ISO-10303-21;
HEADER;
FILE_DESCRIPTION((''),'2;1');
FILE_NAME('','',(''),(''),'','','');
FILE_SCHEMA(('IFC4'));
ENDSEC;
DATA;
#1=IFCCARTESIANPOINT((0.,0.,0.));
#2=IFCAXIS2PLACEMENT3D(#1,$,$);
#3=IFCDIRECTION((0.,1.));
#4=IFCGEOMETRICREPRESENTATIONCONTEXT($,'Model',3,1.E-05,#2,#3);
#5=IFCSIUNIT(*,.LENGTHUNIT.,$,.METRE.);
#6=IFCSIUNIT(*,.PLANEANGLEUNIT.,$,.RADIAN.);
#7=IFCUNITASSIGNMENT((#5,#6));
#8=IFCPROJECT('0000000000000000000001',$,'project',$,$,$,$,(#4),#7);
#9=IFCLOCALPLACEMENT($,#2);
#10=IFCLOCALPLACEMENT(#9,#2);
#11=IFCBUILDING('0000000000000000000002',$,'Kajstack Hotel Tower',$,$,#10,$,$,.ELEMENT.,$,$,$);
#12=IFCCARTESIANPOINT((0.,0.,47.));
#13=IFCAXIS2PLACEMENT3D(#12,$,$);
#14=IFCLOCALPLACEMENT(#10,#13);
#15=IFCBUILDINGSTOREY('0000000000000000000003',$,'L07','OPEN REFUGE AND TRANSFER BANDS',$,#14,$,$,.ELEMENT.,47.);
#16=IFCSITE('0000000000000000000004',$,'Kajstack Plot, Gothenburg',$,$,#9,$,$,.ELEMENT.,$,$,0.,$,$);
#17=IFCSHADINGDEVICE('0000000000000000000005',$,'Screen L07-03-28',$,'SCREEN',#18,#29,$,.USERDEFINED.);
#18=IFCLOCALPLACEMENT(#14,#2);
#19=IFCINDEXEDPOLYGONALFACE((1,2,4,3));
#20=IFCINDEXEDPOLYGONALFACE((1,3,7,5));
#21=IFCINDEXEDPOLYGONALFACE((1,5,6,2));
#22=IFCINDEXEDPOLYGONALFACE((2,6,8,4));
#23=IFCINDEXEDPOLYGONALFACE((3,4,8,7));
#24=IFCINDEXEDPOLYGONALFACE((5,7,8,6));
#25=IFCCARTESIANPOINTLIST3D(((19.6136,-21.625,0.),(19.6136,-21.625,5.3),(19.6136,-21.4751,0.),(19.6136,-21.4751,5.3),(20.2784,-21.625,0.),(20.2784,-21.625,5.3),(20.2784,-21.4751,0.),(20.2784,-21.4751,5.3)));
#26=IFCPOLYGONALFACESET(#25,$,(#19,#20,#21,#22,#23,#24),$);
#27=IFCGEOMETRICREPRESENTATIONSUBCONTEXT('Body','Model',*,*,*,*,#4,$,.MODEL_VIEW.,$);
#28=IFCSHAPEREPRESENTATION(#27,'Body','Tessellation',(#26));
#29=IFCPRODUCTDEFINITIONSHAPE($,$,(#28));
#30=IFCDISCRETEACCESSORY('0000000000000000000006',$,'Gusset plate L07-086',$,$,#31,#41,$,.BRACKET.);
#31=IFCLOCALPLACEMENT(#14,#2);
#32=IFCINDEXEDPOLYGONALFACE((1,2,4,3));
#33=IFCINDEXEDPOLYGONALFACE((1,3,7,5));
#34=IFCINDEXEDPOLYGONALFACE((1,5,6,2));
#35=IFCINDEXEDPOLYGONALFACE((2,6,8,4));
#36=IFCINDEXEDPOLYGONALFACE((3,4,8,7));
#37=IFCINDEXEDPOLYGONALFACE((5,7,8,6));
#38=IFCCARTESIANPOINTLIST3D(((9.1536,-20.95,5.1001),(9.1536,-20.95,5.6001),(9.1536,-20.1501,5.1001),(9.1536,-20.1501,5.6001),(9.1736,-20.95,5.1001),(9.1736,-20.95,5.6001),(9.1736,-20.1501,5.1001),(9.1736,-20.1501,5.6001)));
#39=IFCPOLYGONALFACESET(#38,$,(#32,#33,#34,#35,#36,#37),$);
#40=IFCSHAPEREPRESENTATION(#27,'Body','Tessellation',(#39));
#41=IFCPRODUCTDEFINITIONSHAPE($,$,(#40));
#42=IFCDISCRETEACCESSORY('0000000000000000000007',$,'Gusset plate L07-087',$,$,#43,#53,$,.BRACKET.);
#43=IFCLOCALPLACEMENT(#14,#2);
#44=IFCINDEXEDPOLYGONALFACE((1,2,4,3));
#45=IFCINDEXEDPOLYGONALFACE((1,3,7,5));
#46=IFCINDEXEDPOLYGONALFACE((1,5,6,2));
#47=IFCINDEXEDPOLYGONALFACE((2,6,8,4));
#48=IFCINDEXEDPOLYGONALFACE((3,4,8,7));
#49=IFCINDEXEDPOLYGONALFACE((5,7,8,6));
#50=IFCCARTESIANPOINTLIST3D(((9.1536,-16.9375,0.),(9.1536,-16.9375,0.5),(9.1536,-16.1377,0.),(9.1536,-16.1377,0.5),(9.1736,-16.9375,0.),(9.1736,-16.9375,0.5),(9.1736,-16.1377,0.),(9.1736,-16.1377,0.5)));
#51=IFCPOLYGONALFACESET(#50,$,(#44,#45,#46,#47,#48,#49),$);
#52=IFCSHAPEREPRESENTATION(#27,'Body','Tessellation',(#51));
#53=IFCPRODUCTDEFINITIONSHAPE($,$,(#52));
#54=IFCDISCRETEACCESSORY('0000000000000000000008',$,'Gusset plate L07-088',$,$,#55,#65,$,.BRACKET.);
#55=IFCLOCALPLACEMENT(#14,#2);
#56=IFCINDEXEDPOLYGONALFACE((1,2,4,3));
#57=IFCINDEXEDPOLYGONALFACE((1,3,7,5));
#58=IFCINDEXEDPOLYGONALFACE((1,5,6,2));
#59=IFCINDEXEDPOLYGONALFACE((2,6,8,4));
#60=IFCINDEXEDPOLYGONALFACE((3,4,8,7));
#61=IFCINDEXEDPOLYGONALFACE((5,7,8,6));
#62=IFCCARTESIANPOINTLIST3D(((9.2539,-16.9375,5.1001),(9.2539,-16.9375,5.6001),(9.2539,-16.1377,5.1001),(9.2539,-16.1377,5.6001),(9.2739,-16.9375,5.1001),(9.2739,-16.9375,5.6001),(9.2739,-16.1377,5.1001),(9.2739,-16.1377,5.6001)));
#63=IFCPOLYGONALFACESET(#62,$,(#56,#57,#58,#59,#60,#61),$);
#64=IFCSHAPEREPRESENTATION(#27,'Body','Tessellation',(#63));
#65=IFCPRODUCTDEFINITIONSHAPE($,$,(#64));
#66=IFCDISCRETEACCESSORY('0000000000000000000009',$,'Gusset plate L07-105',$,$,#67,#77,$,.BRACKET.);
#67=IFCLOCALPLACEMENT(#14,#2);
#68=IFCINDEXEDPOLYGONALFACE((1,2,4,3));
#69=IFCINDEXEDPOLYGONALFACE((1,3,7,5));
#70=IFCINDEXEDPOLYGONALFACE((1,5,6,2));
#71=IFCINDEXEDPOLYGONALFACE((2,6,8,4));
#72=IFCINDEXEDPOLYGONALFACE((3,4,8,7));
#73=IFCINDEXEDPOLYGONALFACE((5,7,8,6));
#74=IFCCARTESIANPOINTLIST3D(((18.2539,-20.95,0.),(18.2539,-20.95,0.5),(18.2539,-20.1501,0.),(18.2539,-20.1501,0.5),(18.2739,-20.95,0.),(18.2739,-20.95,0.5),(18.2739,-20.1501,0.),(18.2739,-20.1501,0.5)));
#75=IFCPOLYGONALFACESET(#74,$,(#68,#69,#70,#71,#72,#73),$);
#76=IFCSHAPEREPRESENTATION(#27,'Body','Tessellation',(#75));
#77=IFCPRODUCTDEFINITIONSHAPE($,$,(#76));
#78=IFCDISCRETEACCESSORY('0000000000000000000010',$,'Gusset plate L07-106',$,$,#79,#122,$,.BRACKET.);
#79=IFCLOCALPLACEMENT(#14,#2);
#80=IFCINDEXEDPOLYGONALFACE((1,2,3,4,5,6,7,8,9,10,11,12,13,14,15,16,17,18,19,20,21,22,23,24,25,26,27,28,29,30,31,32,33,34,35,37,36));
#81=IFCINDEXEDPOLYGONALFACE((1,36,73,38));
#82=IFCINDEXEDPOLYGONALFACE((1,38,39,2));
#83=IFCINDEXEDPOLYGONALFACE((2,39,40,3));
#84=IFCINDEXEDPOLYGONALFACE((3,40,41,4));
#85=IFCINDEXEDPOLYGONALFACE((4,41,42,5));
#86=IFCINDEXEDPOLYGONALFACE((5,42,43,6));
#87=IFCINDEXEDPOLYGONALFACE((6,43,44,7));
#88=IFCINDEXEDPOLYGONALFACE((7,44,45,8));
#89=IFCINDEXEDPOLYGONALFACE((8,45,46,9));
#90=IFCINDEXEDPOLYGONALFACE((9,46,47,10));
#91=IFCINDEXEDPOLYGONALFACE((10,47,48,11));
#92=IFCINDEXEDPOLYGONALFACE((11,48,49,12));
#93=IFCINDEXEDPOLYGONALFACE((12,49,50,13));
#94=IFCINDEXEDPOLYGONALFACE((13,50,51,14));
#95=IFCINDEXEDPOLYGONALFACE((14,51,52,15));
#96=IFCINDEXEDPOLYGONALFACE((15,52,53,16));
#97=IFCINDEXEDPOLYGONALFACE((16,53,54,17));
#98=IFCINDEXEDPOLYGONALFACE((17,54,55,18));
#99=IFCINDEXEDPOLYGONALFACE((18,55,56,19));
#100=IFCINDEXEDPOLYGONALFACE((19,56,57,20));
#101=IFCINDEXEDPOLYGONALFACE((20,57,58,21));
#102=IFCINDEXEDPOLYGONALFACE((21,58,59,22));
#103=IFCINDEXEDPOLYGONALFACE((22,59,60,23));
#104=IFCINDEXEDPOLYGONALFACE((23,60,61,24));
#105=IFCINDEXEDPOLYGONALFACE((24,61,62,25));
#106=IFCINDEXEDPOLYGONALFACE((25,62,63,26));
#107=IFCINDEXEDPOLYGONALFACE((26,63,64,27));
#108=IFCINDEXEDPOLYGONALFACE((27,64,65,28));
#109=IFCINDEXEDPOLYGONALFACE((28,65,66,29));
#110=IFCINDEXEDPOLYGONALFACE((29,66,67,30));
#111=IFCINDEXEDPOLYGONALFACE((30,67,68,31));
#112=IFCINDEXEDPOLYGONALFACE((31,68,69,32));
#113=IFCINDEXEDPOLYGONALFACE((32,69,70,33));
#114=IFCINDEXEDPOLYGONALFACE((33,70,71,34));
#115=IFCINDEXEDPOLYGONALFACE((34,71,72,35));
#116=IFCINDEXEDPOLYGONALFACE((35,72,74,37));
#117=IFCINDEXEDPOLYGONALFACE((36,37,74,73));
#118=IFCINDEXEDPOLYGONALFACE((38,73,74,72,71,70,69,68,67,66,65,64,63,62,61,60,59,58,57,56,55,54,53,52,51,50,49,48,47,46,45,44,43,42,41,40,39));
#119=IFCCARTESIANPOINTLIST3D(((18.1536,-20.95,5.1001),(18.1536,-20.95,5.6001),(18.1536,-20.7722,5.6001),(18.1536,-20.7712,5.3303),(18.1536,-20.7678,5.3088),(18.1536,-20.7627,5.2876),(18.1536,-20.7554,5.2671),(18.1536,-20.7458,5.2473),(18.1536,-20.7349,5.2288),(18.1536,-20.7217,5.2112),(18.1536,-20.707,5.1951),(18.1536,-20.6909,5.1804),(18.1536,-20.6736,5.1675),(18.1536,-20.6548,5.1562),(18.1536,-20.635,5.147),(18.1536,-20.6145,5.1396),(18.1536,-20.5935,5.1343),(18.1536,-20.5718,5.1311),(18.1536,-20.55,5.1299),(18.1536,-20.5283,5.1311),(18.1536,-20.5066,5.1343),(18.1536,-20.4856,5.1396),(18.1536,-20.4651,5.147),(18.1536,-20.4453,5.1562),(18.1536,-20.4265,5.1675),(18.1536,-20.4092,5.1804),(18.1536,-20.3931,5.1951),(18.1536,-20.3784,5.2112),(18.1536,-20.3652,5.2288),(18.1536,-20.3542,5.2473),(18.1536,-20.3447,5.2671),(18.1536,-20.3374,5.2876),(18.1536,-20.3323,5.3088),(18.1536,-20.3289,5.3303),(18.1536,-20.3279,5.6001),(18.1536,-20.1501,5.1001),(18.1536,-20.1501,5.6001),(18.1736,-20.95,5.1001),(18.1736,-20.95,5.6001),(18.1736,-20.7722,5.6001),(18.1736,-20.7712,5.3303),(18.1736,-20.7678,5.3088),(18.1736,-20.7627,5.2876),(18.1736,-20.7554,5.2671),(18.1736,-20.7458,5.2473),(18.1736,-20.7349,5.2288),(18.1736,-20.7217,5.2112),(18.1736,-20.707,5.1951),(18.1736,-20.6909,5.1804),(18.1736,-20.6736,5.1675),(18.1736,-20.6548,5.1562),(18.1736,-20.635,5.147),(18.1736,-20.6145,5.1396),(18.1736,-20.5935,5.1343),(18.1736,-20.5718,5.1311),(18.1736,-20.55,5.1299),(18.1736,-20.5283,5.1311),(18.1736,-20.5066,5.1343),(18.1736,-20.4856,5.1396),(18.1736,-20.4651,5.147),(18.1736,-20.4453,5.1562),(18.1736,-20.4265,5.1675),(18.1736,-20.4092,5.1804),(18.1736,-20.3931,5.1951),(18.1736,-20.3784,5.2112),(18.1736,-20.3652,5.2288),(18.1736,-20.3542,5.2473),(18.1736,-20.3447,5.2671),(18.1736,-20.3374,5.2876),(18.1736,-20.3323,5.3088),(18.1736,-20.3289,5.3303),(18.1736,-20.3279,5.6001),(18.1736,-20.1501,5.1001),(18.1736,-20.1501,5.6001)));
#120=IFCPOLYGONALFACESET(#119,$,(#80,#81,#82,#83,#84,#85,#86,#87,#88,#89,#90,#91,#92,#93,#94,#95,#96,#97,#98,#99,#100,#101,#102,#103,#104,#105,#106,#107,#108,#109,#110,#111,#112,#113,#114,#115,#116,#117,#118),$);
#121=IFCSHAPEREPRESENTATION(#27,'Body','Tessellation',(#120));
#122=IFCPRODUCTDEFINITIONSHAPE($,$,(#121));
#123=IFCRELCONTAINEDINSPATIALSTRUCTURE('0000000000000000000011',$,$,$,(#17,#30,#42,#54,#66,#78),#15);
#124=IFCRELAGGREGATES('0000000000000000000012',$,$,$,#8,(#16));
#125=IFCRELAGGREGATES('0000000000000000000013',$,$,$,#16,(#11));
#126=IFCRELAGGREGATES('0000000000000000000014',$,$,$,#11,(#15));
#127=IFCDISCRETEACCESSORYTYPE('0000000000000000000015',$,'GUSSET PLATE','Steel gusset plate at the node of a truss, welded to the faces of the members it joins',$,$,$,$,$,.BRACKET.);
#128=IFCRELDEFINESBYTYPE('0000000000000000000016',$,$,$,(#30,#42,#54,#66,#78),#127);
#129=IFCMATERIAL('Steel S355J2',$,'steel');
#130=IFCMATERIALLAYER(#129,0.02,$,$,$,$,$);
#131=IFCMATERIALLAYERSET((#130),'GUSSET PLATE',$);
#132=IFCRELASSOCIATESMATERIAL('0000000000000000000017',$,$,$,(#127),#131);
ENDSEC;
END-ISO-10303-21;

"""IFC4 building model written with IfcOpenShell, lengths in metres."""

from ifc_helpers import new_model, si_unit, direction, frame, origin, origin_2d, place, context, subcontext, project, spatial, polyline, rectangle, outline, extrude, material, layer, layer_set, type_object, element, save


model = new_model("IFC4")

# Units and contexts
model_context = context("Model", 3, precision=1e-05, world=origin(), true_north=direction((0.0, 1.0)))
body_context = subcontext(model_context, "Body", "Model", "MODEL_VIEW")
ifc_project = project(units=[si_unit("LENGTHUNIT", "METRE"), si_unit("PLANEANGLEUNIT", "RADIAN")], contexts=[model_context])

# Site, building, storey
site_placement = place(None, origin())
site = spatial("IfcSite", under=ifc_project, at=site_placement, Name="Kajstack Plot, Gothenburg", CompositionType="ELEMENT", RefElevation=0.0)
building_placement = place(site_placement, origin())
building = spatial("IfcBuilding", under=site, at=building_placement, Name="Kajstack Hotel Tower", CompositionType="ELEMENT")
storey_placement = place(building_placement, frame((0.0, 0.0, 47.0)))
storey = spatial("IfcBuildingStorey", under=building, at=storey_placement, Name="L07", Description="OPEN REFUGE AND TRANSFER BANDS", CompositionType="ELEMENT", Elevation=47.0)

# Shared definitions
ifc_material_1 = material(Name="Steel S355J2", Category="steel")

# Shading device
for number, where, z_axis, x_axis, name in (
    (1, (19.946, -21.55, 0.0), (0.0, 0.0, 1.0), (1.0, 0.0, 0.0), "Screen L07-03-28"),
):
    element("IfcShadingDevice", number, at=place(storey_placement, frame(where, z_axis=z_axis, x_axis=x_axis)), inside=storey, Name=name, ObjectType="SCREEN", PredefinedType="USERDEFINED", context=body_context, shape_type="SweptSolid", body=[
        extrude(rectangle(XDim=0.6648, YDim=0.1499, at=origin_2d()), origin(), (0.0, 0.0, 1.0), 5.3),
    ])

# Discrete accessories
ifc_layer_1 = layer(ifc_material_1, 0.02)
ifc_layer_set_1 = layer_set([ifc_layer_1], Name="GUSSET PLATE")
discrete_accessory_type = type_object("IfcDiscreteAccessoryType", Name="GUSSET PLATE", Description="Steel gusset plate at the node of a truss, welded to the faces of the members it joins", PredefinedType="BRACKET", material=ifc_layer_set_1)
for number, where, z_axis, x_axis, name in (
    (2, (9.1536, -20.55, 5.1001), (1.0, 0.0, 0.0), (0.0, 1.0, 0.0), "Gusset plate L07-086"),
    (3, (9.1536, -16.5376, 0.0), (1.0, 0.0, 0.0), (0.0, 1.0, 0.0), "Gusset plate L07-087"),
    (4, (9.2539, -16.5376, 5.1001), (1.0, 0.0, 0.0), (0.0, 1.0, 0.0), "Gusset plate L07-088"),
    (5, (18.2539, -20.55, 0.0), (1.0, 0.0, 0.0), (0.0, 1.0, 0.0), "Gusset plate L07-105"),
):
    element("IfcDiscreteAccessory", number, at=place(storey_placement, frame(where, z_axis=z_axis, x_axis=x_axis)), inside=storey, type_object=discrete_accessory_type, Name=name, PredefinedType="BRACKET", context=body_context, shape_type="SweptSolid", body=[
        extrude(outline(polyline([(-0.3999, 0.0), (0.3999, 0.0), (0.3999, 0.5), (-0.3999, 0.5), (-0.3999, 0.0)])), origin(), (0.0, 0.0, 1.0), 0.02),
    ])
discrete_accessory_1_placement = place(storey_placement, frame((18.1536, -20.55, 5.1001), z_axis=(1.0, 0.0, 0.0), x_axis=(0.0, 1.0, 0.0)))
element("IfcDiscreteAccessory", 6, at=discrete_accessory_1_placement, inside=storey, type_object=discrete_accessory_type, Name="Gusset plate L07-106", PredefinedType="BRACKET", context=body_context, shape_type="SweptSolid", body=[
    extrude(outline(polyline([(0.3999, 0.5), (0.2222, 0.5), (0.2212, 0.2302), (0.2178, 0.2087), (0.2126, 0.1875), (0.2053, 0.167), (0.1958, 0.1472), (0.1848, 0.1287), (0.1716, 0.1111), (0.157, 0.095), (0.1409, 0.0803), (0.1235, 0.0674), (0.1047, 0.0562), (0.085, 0.0469), (0.0645, 0.0396), (0.0435, 0.0342), (0.0217, 0.031), (0.0, 0.0298), (-0.0217, 0.031), (-0.0435, 0.0342), (-0.0645, 0.0396), (-0.085, 0.0469), (-0.1047, 0.0562), (-0.1235, 0.0674), (-0.1409, 0.0803), (-0.157, 0.095), (-0.1716, 0.1111), (-0.1848, 0.1287), (-0.1958, 0.1472), (-0.2053, 0.167), (-0.2126, 0.1875), (-0.2178, 0.2087), (-0.2212, 0.2302), (-0.2222, 0.5), (-0.3999, 0.5), (-0.3999, 0.0), (0.3999, 0.0), (0.3999, 0.5)])), origin(), (0.0, 0.0, 1.0), 0.02),
])

save(model, "model.ifc")
